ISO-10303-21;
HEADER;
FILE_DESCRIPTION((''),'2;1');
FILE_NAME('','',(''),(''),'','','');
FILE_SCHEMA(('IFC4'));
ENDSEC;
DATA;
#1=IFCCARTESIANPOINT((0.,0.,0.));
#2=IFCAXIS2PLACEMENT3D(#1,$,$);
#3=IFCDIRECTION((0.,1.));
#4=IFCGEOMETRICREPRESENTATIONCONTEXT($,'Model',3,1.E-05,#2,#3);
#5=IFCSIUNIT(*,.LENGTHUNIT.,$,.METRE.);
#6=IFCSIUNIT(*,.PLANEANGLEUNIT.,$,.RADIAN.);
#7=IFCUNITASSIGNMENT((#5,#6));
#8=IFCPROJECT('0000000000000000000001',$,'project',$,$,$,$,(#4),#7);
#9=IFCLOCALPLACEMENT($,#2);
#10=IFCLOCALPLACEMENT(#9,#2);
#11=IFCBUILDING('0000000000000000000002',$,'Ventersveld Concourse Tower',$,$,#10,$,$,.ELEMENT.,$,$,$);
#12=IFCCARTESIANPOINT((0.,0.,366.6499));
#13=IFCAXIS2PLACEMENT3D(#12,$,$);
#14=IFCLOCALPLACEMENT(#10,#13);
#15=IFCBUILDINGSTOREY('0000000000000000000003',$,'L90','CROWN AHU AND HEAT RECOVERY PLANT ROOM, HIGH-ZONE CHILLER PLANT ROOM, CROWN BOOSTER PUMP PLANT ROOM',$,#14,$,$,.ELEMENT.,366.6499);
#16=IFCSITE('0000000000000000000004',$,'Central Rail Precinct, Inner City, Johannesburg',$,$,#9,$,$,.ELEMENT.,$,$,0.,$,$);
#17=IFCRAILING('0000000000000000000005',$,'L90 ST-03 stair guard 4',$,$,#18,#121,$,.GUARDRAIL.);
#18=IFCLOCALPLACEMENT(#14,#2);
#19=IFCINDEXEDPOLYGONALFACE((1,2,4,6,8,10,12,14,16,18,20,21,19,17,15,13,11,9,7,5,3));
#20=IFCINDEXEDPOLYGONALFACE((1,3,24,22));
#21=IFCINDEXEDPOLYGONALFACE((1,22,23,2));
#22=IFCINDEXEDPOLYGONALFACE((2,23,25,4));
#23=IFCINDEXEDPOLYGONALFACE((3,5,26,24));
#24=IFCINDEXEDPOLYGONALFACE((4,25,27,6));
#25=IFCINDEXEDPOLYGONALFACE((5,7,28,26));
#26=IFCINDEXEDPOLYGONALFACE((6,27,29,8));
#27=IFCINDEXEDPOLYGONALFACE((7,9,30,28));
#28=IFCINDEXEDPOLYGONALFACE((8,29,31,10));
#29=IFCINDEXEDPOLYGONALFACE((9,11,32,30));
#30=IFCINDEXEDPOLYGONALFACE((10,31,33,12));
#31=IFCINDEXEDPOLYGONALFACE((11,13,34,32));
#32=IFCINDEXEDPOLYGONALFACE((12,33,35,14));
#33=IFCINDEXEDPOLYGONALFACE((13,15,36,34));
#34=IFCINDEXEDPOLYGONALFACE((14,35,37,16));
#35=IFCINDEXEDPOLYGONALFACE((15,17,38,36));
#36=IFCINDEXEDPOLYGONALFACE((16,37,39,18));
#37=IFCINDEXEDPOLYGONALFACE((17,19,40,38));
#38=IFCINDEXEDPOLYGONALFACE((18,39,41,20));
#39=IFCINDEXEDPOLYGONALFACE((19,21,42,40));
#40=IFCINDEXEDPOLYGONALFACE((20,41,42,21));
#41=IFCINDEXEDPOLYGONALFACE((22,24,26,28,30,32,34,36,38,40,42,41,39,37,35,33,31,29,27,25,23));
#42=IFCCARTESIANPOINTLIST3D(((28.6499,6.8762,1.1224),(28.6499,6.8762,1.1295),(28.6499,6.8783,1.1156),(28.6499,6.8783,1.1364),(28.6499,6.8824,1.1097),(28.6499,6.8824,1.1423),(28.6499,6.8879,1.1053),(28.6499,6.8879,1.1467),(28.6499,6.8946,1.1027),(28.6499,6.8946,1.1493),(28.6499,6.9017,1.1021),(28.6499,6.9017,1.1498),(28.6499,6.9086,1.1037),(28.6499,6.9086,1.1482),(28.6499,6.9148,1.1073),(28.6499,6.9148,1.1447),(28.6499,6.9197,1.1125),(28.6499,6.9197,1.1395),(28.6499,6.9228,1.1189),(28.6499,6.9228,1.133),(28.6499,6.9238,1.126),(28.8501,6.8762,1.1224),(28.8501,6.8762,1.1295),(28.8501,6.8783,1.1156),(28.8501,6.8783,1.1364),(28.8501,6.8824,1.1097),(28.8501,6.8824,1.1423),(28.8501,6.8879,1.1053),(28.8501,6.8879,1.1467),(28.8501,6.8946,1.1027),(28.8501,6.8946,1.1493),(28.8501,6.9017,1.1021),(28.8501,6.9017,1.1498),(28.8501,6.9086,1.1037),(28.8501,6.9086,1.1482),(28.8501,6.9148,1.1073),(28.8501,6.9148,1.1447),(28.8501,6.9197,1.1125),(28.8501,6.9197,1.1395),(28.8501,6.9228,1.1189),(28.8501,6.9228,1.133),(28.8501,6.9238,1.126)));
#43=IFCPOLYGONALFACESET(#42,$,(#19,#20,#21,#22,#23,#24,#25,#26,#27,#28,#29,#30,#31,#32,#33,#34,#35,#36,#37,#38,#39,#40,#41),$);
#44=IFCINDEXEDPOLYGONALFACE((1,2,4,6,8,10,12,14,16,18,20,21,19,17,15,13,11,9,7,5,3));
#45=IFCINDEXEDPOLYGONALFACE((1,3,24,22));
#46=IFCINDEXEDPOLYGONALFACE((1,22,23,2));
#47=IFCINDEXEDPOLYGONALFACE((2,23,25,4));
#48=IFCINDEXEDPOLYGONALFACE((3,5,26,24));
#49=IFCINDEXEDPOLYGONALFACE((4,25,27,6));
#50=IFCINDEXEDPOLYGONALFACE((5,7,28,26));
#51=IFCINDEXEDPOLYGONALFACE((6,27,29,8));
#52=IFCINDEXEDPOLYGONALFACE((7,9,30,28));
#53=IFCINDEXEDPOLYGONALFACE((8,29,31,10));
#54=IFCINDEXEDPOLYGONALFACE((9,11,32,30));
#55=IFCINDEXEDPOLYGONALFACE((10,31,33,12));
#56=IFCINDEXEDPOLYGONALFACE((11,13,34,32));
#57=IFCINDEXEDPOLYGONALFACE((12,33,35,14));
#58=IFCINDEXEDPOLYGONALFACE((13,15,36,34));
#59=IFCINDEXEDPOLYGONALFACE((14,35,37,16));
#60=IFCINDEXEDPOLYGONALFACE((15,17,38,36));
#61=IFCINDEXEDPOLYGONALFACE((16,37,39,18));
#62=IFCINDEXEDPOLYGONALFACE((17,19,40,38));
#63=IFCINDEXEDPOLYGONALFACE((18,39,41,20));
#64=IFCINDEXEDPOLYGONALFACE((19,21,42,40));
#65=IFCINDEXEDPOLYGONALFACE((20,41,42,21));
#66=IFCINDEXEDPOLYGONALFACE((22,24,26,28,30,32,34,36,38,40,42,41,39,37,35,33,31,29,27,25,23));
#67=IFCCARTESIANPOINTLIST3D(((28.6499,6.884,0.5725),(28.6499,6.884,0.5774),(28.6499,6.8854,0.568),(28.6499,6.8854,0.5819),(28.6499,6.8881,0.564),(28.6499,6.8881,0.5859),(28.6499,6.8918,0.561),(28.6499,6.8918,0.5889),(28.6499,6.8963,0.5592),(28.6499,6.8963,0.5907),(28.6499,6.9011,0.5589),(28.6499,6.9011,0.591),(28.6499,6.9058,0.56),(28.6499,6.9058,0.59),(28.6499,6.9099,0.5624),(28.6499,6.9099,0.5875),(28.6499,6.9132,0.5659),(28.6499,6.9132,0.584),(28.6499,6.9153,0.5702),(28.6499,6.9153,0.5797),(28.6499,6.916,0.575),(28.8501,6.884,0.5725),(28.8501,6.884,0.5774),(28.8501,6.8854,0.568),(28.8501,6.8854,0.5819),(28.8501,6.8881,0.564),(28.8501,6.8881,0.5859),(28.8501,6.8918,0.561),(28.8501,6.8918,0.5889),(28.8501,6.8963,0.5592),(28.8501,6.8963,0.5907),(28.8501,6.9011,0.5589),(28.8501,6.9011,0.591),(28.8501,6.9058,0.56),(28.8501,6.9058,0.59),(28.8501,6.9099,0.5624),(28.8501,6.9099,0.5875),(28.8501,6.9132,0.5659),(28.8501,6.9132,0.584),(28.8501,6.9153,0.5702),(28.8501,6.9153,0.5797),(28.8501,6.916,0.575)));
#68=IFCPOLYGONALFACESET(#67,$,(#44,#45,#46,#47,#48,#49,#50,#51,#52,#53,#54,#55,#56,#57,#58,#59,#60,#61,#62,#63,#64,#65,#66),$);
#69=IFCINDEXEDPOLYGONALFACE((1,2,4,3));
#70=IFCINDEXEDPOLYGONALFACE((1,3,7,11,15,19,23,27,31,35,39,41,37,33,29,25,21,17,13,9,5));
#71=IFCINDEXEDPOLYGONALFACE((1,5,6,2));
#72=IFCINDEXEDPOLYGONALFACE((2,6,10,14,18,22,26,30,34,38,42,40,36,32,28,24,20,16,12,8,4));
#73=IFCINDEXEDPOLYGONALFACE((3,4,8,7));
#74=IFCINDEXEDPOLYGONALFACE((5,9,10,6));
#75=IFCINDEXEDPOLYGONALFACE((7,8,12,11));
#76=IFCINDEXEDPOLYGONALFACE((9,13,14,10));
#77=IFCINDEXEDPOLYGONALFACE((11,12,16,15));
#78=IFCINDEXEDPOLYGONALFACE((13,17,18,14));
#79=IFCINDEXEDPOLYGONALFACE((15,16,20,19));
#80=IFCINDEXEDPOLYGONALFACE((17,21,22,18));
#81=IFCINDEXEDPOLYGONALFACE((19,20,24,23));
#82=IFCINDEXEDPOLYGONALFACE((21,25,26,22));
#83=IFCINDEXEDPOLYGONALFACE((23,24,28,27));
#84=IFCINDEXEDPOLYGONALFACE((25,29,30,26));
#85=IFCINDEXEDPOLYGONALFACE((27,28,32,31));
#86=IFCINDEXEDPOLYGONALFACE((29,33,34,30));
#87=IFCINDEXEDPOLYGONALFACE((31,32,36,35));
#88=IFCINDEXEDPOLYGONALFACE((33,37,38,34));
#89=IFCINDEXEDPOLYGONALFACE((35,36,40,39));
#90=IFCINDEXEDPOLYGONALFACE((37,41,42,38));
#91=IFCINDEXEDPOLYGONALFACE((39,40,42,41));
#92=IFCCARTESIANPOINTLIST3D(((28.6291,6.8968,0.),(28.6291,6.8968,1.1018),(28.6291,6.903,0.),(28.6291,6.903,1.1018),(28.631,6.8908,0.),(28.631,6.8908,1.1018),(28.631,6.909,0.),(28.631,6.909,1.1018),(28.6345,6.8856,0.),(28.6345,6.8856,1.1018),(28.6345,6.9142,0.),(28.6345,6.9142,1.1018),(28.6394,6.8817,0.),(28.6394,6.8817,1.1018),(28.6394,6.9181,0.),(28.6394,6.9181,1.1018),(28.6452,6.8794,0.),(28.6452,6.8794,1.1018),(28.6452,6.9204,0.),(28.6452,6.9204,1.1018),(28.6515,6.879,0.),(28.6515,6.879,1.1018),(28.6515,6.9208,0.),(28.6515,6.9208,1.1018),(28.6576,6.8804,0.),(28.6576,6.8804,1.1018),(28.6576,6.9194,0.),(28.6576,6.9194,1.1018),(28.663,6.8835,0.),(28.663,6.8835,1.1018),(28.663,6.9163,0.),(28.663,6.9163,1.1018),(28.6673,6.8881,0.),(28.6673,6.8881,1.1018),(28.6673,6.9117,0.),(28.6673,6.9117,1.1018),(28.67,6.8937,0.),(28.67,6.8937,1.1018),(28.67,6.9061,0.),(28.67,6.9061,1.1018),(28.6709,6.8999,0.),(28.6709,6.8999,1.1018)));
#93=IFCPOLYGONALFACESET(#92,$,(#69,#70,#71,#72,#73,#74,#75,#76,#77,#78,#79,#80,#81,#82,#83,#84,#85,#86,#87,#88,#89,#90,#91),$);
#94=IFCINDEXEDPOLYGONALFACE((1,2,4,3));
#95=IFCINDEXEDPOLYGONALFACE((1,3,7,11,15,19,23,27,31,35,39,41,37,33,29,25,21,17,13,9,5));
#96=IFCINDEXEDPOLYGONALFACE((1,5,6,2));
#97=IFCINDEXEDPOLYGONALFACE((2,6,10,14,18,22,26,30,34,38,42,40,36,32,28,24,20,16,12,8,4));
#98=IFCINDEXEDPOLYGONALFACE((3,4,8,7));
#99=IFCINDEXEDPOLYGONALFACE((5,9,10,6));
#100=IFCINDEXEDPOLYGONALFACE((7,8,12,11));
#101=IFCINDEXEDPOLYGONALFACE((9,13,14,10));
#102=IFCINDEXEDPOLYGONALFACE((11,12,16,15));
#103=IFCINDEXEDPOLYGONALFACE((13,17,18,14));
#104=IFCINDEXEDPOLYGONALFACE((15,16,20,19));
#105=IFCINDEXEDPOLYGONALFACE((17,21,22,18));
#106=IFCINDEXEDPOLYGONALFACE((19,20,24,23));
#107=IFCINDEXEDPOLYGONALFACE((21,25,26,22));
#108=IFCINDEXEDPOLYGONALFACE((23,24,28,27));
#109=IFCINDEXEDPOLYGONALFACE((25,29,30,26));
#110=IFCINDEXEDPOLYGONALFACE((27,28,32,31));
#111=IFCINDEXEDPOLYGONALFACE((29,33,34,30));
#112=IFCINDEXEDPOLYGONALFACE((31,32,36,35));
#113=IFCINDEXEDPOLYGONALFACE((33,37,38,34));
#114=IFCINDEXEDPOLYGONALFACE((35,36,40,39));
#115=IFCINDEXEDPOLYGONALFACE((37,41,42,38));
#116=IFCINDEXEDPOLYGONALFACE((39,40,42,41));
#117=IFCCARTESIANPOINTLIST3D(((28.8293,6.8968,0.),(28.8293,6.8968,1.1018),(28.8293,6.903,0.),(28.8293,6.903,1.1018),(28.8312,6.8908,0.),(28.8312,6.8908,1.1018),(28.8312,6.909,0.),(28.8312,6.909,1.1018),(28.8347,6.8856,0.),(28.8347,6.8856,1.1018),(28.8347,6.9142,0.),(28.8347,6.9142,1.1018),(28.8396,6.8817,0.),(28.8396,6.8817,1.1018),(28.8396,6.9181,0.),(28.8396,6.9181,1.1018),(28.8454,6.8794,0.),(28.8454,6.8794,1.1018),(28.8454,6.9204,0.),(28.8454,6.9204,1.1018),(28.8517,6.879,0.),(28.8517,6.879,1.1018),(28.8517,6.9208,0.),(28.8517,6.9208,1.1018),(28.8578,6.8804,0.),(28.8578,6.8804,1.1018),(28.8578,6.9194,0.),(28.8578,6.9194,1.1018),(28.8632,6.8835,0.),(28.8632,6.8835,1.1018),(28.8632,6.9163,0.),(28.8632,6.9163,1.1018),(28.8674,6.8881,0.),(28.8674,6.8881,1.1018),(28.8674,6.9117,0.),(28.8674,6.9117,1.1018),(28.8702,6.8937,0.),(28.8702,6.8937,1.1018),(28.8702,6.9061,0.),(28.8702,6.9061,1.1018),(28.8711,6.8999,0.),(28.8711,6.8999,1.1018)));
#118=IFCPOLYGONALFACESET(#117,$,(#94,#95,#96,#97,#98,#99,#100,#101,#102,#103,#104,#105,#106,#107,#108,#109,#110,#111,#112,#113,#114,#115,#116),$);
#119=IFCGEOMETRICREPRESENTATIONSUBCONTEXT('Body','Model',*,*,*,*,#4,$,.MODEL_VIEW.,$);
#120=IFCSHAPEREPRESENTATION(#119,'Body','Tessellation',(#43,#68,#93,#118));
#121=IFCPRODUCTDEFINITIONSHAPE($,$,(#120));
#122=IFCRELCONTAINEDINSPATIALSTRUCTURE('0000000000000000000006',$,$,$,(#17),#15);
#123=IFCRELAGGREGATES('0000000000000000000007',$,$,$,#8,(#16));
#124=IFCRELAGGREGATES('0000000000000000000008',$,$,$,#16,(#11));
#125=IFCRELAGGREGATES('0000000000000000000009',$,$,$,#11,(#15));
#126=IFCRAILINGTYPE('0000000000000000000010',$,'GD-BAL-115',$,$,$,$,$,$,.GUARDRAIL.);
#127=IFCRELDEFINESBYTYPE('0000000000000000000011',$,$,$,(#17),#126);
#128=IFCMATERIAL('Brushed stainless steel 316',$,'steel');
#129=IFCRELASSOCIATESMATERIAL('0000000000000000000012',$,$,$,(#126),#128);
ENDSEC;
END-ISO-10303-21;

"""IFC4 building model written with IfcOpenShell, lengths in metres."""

from ifc_helpers import new_model, si_unit, direction, frame, origin, origin_2d, place, context, subcontext, project, spatial, circle, extrude, material, type_object, element, save


model = new_model("IFC4")

# Units and contexts
model_context = context("Model", 3, precision=1e-05, world=origin(), true_north=direction((0.0, 1.0)))
body_context = subcontext(model_context, "Body", "Model", "MODEL_VIEW")
ifc_project = project(units=[si_unit("LENGTHUNIT", "METRE"), si_unit("PLANEANGLEUNIT", "RADIAN")], contexts=[model_context])

# Site, building, storey
site_placement = place(None, origin())
site = spatial("IfcSite", under=ifc_project, at=site_placement, Name="Central Rail Precinct, Inner City, Johannesburg", CompositionType="ELEMENT", RefElevation=0.0)
building_placement = place(site_placement, origin())
building = spatial("IfcBuilding", under=site, at=building_placement, Name="Ventersveld Concourse Tower", CompositionType="ELEMENT")
storey_placement = place(building_placement, frame((0.0, 0.0, 366.6499)))
storey = spatial("IfcBuildingStorey", under=building, at=storey_placement, Name="L90", Description="CROWN AHU AND HEAT RECOVERY PLANT ROOM, HIGH-ZONE CHILLER PLANT ROOM, CROWN BOOSTER PUMP PLANT ROOM", CompositionType="ELEMENT", Elevation=366.6499)

# Shared definitions
ifc_material_1 = material(Name="Brushed stainless steel 316", Category="steel")

# Railing
railing_type_1 = type_object("IfcRailingType", Name="GD-BAL-115", PredefinedType="GUARDRAIL", material=ifc_material_1)
railing_1_placement = place(storey_placement, frame((28.6499, 6.8999, 0.0)))
element("IfcRailing", 1, at=railing_1_placement, inside=storey, type_object=railing_type_1, Name="L90 ST-03 stair guard 4", PredefinedType="GUARDRAIL", context=body_context, shape_type="SweptSolid", body=[
    extrude(circle(Radius=0.0239, at=origin_2d()), frame((0.0, 0.0, 1.126), z_axis=(1.0, 0.0, 0.0), x_axis=(0.0, 1.0, 0.0)), (0.0, 0.0, 1.0), 0.2002),
    extrude(circle(Radius=0.0161, at=origin_2d()), frame((0.0, 0.0, 0.575), z_axis=(1.0, 0.0, 0.0), x_axis=(0.0, 1.0, 0.0)), (0.0, 0.0, 1.0), 0.2002),
    extrude(circle(Radius=0.021, at=origin_2d()), origin(), (0.0, 0.0, 1.0), 1.1018),
    extrude(circle(Radius=0.021, at=origin_2d()), frame((0.2002, 0.0, 0.0)), (0.0, 0.0, 1.0), 1.1018),
])

save(model, "model.ifc")
